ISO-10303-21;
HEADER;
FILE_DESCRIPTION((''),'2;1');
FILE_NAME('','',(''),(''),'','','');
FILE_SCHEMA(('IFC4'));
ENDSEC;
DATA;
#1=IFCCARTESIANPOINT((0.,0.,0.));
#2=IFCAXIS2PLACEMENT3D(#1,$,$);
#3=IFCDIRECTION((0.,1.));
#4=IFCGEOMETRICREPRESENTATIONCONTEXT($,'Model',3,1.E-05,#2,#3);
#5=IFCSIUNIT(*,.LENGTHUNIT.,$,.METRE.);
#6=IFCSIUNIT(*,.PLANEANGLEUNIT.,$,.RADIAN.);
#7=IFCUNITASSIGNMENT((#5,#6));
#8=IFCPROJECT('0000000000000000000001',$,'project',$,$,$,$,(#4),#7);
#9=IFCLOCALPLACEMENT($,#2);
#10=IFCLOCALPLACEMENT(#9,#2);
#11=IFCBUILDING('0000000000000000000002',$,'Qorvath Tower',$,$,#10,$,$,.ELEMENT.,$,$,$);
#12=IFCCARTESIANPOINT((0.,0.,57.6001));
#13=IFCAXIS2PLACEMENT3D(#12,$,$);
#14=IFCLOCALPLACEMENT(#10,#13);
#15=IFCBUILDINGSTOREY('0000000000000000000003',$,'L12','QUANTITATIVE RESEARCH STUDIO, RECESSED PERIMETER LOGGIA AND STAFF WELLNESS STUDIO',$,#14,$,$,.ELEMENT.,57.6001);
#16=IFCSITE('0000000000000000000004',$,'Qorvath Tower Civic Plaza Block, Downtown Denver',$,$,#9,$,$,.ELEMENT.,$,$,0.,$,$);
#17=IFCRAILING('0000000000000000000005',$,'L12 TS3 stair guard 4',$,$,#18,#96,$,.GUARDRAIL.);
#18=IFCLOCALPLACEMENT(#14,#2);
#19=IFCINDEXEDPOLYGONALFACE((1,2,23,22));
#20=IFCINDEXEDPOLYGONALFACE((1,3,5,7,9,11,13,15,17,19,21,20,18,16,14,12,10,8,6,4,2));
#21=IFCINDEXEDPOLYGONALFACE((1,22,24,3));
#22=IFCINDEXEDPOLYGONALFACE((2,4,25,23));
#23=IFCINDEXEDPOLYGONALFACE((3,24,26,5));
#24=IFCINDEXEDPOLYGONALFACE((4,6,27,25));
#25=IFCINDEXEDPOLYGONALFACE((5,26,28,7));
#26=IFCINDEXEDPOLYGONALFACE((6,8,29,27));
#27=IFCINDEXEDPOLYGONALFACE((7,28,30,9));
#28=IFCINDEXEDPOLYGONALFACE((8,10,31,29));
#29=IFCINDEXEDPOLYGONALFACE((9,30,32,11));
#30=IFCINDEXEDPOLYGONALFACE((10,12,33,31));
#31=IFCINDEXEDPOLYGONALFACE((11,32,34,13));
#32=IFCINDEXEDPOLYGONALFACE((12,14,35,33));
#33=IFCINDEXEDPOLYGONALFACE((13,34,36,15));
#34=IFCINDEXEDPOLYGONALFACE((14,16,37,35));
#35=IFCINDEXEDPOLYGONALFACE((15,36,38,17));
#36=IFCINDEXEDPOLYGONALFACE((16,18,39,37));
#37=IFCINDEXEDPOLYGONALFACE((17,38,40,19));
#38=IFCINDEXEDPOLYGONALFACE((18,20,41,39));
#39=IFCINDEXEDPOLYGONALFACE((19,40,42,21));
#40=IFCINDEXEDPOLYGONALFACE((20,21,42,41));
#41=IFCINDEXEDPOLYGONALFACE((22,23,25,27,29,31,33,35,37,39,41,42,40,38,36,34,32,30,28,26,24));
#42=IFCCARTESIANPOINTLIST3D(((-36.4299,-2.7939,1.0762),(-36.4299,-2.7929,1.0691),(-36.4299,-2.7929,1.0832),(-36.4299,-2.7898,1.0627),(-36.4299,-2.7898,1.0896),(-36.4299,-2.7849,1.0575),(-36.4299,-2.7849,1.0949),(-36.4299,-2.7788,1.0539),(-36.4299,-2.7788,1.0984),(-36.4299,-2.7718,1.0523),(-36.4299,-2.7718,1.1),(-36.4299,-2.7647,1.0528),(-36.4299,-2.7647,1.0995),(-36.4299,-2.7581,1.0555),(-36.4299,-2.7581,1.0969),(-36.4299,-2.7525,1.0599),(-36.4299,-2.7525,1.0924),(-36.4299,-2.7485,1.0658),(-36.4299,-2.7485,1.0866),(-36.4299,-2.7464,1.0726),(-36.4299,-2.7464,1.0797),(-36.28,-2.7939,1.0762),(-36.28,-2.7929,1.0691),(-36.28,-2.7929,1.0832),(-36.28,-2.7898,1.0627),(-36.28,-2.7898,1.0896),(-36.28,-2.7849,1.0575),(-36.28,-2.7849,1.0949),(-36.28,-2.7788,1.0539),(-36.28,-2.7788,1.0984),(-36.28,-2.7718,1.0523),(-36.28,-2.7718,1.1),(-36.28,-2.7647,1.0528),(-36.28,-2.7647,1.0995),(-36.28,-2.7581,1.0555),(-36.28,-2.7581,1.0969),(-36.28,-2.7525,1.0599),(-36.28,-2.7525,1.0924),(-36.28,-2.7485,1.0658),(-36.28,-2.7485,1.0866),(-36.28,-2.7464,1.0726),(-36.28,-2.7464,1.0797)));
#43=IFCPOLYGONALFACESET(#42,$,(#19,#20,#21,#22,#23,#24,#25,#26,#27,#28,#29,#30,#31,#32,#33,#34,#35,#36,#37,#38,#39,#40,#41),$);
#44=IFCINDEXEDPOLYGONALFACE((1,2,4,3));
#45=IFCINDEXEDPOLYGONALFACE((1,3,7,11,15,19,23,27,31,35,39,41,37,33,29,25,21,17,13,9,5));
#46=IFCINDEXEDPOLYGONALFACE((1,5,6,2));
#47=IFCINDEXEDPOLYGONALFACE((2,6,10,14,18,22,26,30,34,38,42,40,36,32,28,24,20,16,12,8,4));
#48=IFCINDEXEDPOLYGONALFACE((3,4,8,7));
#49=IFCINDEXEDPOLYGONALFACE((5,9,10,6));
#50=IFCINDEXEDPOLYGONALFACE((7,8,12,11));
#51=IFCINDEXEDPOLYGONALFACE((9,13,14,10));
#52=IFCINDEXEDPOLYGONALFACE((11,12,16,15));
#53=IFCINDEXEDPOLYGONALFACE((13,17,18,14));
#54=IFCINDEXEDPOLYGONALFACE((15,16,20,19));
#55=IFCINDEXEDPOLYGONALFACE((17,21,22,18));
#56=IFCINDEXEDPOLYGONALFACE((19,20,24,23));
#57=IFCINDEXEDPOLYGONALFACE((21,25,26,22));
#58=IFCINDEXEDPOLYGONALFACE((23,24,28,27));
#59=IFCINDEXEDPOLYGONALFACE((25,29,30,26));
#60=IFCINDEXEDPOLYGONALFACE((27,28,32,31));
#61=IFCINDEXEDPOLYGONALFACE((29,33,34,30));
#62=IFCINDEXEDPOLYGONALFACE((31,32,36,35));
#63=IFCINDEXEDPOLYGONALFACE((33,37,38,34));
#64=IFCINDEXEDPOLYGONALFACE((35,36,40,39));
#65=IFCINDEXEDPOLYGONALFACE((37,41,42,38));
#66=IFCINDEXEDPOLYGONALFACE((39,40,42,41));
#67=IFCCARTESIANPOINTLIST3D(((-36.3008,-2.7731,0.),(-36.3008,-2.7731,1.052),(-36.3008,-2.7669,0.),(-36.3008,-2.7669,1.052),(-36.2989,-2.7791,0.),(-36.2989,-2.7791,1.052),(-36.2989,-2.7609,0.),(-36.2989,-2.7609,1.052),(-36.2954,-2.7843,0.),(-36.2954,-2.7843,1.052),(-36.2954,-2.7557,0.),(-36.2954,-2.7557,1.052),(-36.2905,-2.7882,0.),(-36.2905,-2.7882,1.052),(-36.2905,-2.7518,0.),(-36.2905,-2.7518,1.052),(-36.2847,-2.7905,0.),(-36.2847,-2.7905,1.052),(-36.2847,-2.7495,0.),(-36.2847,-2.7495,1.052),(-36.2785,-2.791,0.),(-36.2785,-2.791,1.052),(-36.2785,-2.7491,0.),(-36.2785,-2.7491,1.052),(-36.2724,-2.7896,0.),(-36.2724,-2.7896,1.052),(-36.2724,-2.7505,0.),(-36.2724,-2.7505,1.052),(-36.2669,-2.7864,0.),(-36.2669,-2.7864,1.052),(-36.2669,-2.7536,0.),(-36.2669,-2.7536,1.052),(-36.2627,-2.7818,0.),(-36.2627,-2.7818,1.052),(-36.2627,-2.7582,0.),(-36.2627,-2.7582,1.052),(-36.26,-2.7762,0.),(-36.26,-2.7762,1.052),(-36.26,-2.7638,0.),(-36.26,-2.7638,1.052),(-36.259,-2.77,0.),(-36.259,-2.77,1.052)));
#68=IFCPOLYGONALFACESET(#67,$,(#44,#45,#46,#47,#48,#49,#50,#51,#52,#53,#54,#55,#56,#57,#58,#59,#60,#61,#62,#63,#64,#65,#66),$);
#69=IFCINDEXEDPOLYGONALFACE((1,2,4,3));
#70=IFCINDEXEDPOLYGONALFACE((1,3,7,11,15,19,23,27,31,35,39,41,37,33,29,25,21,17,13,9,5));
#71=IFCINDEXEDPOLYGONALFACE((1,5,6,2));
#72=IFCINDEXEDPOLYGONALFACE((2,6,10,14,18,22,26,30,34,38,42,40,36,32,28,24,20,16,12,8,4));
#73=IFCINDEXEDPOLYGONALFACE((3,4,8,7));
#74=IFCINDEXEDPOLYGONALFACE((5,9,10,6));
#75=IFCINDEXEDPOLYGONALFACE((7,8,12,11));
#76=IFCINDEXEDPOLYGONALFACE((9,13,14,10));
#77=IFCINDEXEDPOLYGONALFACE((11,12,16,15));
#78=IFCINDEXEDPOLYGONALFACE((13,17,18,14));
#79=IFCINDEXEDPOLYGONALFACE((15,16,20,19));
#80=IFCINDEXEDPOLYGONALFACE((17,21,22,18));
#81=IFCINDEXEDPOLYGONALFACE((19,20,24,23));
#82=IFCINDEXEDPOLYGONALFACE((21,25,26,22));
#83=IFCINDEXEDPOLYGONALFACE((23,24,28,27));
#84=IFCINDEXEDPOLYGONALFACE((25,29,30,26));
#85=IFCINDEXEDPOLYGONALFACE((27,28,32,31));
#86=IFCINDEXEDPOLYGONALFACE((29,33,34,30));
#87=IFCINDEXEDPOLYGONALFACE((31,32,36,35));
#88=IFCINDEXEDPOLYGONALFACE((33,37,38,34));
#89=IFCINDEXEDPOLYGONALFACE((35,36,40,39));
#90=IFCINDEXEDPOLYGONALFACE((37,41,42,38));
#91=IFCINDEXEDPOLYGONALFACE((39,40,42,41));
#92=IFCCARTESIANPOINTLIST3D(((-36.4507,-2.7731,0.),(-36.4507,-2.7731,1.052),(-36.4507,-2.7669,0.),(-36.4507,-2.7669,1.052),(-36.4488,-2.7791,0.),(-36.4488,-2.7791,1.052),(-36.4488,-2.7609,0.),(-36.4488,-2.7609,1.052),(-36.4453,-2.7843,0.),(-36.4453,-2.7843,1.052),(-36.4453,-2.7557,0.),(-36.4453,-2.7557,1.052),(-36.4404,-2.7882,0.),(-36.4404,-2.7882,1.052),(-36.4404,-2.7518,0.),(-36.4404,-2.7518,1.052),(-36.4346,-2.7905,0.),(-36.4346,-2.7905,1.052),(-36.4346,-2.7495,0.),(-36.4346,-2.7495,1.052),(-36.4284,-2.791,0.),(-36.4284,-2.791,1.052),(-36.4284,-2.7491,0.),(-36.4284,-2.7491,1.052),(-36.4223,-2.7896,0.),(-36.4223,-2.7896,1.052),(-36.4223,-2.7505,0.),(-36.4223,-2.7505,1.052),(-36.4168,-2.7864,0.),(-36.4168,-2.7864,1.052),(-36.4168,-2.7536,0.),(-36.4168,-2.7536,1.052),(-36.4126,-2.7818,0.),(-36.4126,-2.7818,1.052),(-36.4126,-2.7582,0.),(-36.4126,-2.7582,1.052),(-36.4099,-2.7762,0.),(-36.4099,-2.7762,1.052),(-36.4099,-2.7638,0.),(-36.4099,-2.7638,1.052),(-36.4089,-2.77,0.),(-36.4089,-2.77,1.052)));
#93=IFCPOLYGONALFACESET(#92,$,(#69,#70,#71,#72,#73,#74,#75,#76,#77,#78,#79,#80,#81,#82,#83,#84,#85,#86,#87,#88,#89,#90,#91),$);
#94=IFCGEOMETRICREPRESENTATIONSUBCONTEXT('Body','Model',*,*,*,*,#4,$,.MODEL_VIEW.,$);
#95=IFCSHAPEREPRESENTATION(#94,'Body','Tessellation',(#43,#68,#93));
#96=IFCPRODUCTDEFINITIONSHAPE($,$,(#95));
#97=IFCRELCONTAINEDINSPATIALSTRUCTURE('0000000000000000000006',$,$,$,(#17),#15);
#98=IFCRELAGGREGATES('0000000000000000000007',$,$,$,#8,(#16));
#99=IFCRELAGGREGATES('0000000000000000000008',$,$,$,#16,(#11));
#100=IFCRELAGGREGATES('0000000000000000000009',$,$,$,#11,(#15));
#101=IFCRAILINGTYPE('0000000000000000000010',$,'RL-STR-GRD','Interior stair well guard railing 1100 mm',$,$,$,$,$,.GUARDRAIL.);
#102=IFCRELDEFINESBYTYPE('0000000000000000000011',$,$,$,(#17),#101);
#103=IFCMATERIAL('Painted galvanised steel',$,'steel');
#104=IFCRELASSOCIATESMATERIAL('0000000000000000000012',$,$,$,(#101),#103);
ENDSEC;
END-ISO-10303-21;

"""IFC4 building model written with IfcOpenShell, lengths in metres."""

from ifc_helpers import new_model, si_unit, direction, frame, origin, origin_2d, place, context, subcontext, project, spatial, circle, extrude, material, type_object, element, save


model = new_model("IFC4")

# Units and contexts
model_context = context("Model", 3, precision=1e-05, world=origin(), true_north=direction((0.0, 1.0)))
body_context = subcontext(model_context, "Body", "Model", "MODEL_VIEW")
ifc_project = project(units=[si_unit("LENGTHUNIT", "METRE"), si_unit("PLANEANGLEUNIT", "RADIAN")], contexts=[model_context])

# Site, building, storey
site_placement = place(None, origin())
site = spatial("IfcSite", under=ifc_project, at=site_placement, Name="Qorvath Tower Civic Plaza Block, Downtown Denver", CompositionType="ELEMENT", RefElevation=0.0)
building_placement = place(site_placement, origin())
building = spatial("IfcBuilding", under=site, at=building_placement, Name="Qorvath Tower", CompositionType="ELEMENT")
storey_placement = place(building_placement, frame((0.0, 0.0, 57.6001)))
storey = spatial("IfcBuildingStorey", under=building, at=storey_placement, Name="L12", Description="QUANTITATIVE RESEARCH STUDIO, RECESSED PERIMETER LOGGIA AND STAFF WELLNESS STUDIO", CompositionType="ELEMENT", Elevation=57.6001)

# Railing
ifc_material_1 = material(Name="Painted galvanised steel", Category="steel")
railing_type_1 = type_object("IfcRailingType", Name="RL-STR-GRD", Description="Interior stair well guard railing 1100 mm", PredefinedType="GUARDRAIL", material=ifc_material_1)
railing_1_placement = place(storey_placement, frame((-36.28, -2.77, 0.0)))
element("IfcRailing", 1, at=railing_1_placement, inside=storey, type_object=railing_type_1, Name="L12 TS3 stair guard 4", PredefinedType="GUARDRAIL", context=body_context, shape_type="SweptSolid", body=[
    extrude(circle(Radius=0.0239, at=origin_2d()), frame((0.0, 0.0, 1.0762), z_axis=(-1.0, 0.0, 0.0), x_axis=(0.0, -1.0, 0.0)), (0.0, 0.0, 1.0), 0.1499),
    extrude(circle(Radius=0.021, at=origin_2d()), origin(), (0.0, 0.0, 1.0), 1.052),
    extrude(circle(Radius=0.021, at=origin_2d()), frame((-0.1499, 0.0, 0.0)), (0.0, 0.0, 1.0), 1.052),
])

save(model, "model.ifc")
